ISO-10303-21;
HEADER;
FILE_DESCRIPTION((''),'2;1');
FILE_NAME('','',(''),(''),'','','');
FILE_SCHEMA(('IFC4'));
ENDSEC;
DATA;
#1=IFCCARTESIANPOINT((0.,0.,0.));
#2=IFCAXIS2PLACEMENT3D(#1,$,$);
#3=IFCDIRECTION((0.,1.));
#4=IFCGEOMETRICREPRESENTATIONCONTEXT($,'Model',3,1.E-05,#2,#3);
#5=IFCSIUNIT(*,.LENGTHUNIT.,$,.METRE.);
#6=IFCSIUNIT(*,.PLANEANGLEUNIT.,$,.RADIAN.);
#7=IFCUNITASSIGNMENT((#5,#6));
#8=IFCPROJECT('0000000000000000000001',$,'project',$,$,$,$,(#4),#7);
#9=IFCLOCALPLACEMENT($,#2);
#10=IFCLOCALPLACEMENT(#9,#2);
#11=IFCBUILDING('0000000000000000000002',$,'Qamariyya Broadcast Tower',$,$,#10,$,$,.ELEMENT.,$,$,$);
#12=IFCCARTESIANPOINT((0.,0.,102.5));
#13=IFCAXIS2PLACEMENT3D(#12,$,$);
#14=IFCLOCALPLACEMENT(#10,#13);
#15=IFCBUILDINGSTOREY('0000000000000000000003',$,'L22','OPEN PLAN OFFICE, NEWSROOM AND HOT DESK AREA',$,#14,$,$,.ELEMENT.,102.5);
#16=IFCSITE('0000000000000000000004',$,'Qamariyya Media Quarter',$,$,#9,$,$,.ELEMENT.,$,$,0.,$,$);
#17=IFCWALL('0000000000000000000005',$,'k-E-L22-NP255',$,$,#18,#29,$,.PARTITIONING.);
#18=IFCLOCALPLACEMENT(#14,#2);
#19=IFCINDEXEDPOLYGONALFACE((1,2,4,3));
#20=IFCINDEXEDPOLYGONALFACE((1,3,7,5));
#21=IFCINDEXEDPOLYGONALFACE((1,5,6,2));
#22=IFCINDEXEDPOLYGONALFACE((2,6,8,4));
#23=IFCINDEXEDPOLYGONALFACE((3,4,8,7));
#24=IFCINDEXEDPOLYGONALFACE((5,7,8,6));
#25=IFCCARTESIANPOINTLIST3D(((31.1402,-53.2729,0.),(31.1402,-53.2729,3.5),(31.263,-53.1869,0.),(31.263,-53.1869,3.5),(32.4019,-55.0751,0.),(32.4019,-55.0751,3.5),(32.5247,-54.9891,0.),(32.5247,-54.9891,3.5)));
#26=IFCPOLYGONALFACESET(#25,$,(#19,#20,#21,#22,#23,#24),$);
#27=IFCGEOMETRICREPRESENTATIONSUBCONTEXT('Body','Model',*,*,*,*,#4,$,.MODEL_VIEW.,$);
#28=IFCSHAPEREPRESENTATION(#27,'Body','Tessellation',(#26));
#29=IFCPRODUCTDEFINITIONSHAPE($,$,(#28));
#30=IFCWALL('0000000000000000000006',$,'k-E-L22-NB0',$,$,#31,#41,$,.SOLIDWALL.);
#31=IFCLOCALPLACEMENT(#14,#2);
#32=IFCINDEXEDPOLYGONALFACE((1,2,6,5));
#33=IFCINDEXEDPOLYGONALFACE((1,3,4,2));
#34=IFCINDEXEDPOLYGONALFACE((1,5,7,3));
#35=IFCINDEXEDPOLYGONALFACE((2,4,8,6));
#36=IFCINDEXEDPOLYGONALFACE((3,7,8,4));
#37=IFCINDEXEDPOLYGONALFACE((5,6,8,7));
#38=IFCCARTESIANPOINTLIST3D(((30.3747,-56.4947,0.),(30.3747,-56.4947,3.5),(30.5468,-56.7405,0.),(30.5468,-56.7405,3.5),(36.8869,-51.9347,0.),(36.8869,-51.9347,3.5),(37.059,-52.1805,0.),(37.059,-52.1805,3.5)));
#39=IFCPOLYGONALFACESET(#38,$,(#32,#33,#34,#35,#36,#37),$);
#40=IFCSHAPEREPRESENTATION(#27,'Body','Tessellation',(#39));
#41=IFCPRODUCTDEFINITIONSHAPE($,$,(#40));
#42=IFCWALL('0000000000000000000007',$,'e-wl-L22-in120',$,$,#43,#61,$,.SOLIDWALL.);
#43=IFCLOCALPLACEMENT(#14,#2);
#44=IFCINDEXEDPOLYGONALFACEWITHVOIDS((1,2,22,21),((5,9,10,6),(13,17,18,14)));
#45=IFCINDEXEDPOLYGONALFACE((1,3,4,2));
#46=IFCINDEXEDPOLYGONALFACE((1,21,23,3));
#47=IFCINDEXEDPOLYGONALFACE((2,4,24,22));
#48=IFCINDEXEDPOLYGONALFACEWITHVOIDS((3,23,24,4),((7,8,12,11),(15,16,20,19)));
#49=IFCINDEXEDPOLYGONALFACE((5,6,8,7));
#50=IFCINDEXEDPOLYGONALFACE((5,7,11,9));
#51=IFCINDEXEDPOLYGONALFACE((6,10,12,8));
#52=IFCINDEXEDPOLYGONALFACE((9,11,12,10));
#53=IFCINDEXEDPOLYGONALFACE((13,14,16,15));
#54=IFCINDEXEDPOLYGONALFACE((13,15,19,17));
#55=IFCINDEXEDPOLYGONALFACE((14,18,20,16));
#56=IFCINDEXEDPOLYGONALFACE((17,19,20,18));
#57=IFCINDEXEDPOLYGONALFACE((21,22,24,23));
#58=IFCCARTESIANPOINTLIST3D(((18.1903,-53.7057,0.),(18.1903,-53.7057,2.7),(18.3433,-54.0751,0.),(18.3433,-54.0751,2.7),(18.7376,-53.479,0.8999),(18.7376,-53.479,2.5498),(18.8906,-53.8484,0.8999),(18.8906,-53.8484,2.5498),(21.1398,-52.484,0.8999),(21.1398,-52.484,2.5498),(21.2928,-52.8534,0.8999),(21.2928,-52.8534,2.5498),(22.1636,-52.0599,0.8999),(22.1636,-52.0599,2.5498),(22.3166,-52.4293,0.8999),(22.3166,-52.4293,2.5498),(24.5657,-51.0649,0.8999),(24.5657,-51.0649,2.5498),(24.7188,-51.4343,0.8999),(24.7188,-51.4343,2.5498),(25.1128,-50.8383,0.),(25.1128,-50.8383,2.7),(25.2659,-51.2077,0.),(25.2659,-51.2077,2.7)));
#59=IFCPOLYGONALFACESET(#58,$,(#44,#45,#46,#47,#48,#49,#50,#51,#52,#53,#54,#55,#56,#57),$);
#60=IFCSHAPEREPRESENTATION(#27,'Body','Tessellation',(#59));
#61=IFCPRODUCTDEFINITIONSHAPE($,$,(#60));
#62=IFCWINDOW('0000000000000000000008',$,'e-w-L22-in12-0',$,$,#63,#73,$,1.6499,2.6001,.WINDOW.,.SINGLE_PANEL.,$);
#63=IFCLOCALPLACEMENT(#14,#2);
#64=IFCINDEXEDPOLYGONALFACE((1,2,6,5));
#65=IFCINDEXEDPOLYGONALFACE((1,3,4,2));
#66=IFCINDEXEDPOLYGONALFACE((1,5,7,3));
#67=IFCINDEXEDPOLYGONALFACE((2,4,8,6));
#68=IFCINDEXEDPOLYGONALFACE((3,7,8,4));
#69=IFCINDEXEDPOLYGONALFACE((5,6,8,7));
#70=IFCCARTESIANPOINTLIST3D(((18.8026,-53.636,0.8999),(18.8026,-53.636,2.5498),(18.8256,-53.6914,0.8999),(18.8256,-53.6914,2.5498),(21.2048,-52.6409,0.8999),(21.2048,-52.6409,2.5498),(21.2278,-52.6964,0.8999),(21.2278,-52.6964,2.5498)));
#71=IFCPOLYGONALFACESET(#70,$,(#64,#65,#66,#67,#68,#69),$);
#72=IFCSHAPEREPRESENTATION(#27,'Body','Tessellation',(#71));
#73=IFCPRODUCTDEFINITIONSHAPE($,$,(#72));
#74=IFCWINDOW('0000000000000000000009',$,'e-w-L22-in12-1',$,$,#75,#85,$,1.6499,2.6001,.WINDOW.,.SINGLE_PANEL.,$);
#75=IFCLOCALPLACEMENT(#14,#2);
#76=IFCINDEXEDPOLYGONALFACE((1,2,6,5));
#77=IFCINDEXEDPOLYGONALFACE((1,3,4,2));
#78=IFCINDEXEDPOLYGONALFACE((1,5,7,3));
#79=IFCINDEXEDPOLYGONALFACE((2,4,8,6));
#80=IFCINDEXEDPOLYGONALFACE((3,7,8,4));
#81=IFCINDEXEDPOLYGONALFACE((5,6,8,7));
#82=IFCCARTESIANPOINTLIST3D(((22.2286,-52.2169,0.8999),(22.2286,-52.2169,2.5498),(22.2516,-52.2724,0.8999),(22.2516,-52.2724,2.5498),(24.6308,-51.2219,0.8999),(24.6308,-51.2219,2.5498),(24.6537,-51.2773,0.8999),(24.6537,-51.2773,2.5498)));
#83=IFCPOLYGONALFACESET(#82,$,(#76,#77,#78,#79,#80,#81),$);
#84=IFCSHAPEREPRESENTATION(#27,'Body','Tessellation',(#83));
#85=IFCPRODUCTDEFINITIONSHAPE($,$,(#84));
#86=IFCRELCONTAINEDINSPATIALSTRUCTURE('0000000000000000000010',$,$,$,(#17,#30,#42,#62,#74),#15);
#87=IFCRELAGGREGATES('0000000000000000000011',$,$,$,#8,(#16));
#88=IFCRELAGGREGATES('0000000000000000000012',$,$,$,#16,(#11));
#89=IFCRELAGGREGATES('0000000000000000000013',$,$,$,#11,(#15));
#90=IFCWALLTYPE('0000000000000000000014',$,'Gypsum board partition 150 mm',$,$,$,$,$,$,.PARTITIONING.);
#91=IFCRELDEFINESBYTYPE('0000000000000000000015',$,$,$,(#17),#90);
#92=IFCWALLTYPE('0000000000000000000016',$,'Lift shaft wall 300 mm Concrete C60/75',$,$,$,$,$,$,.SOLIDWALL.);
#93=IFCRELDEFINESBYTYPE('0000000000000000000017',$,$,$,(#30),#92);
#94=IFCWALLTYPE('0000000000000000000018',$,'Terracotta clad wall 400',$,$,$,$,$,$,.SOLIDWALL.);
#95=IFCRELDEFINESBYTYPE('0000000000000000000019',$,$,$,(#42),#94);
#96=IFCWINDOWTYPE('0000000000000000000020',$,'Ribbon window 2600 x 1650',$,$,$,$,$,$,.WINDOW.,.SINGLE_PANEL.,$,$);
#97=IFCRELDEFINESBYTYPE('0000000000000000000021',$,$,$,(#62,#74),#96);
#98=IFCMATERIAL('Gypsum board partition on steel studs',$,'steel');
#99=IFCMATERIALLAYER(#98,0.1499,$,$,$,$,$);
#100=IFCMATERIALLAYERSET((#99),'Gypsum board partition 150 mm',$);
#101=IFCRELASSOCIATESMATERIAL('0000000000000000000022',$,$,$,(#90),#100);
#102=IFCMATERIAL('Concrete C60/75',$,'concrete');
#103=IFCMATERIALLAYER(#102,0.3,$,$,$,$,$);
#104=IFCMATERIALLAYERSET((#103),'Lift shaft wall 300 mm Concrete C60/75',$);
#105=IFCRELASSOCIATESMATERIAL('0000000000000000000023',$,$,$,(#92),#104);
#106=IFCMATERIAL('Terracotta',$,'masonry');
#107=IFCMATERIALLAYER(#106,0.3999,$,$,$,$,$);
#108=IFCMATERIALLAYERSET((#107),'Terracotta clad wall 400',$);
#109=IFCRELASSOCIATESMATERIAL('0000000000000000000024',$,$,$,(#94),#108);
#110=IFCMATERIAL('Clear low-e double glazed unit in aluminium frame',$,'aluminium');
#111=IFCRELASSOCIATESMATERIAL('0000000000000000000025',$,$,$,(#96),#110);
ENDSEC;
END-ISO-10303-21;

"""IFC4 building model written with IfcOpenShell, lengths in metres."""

from ifc_helpers import new_model, si_unit, direction, frame, frame_2d, origin, place, context, subcontext, project, spatial, rectangle, extrude, material, layer, layer_set, type_object, element, fill, save


model = new_model("IFC4")

# Units and contexts
model_context = context("Model", 3, precision=1e-05, world=origin(), true_north=direction((0.0, 1.0)))
body_context = subcontext(model_context, "Body", "Model", "MODEL_VIEW")
ifc_project = project(units=[si_unit("LENGTHUNIT", "METRE"), si_unit("PLANEANGLEUNIT", "RADIAN")], contexts=[model_context])

# Site, building, storey
site_placement = place(None, origin())
site = spatial("IfcSite", under=ifc_project, at=site_placement, Name="Qamariyya Media Quarter", CompositionType="ELEMENT", RefElevation=0.0)
building_placement = place(site_placement, origin())
building = spatial("IfcBuilding", under=site, at=building_placement, Name="Qamariyya Broadcast Tower", CompositionType="ELEMENT")
storey_placement = place(building_placement, frame((0.0, 0.0, 102.5)))
storey = spatial("IfcBuildingStorey", under=building, at=storey_placement, Name="L22", Description="OPEN PLAN OFFICE, NEWSROOM AND HOT DESK AREA", CompositionType="ELEMENT", Elevation=102.5)

# Walls
ifc_material_1 = material(Name="Gypsum board partition on steel studs", Category="steel")
ifc_layer_1 = layer(ifc_material_1, 0.1499)
ifc_layer_set_1 = layer_set([ifc_layer_1], Name="Gypsum board partition 150 mm")
wall_type_1 = type_object("IfcWallType", Name="Gypsum board partition 150 mm", PredefinedType="PARTITIONING", material=ifc_layer_set_1)
wall_1_placement = place(storey_placement, frame((32.4634, -55.0322, 0.0), z_axis=(0.0, 0.0, 1.0), x_axis=(-0.573507, 0.819201, 0.0)))
element("IfcWall", 1, at=wall_1_placement, inside=storey, type_object=wall_type_1, Name="k-E-L22-NP255", PredefinedType="PARTITIONING", context=body_context, shape_type="SweptSolid", body=[
    extrude(rectangle(XDim=2.2, YDim=0.1499, at=frame_2d((1.1001, 0.0))), origin(), (0.0, 0.0, 1.0), 3.5),
])
ifc_material_2 = material(Name="Concrete C60/75", Category="concrete")
ifc_layer_2 = layer(ifc_material_2, 0.3)
ifc_layer_set_2 = layer_set([ifc_layer_2], Name="Lift shaft wall 300 mm Concrete C60/75")
wall_type_2 = type_object("IfcWallType", Name="Lift shaft wall 300 mm Concrete C60/75", PredefinedType="SOLIDWALL", material=ifc_layer_set_2)
wall_2_placement = place(storey_placement, frame((30.4607, -56.6177, 0.0), z_axis=(0.0, 0.0, 1.0), x_axis=(0.819142, 0.57359, 0.0)))
element("IfcWall", 2, at=wall_2_placement, inside=storey, type_object=wall_type_2, Name="k-E-L22-NB0", PredefinedType="SOLIDWALL", context=body_context, shape_type="SweptSolid", body=[
    extrude(rectangle(XDim=7.95, YDim=0.3, at=frame_2d((3.9751, 0.0))), origin(), (0.0, 0.0, 1.0), 3.5),
])

# Wall, openings, windows
ifc_material_3 = material(Name="Terracotta", Category="masonry")
ifc_layer_3 = layer(ifc_material_3, 0.3999)
ifc_layer_set_3 = layer_set([ifc_layer_3], Name="Terracotta clad wall 400")
wall_type_3 = type_object("IfcWallType", Name="Terracotta clad wall 400", PredefinedType="SOLIDWALL", material=ifc_layer_set_3)
wall_3_placement = place(storey_placement, frame((25.1895, -51.0229, 0.0), z_axis=(0.0, 0.0, 1.0), x_axis=(-0.92388, -0.382683, 0.0)))
wall_3 = element("IfcWall", 3, at=wall_3_placement, inside=storey, type_object=wall_type_3, Name="e-wl-L22-in120", PredefinedType="SOLIDWALL", context=body_context, shape_type="SweptSolid", body=[
    extrude(rectangle(XDim=7.4929, YDim=0.3999, at=frame_2d((3.7466, 0.0))), origin(), (0.0, 0.0, 1.0), 2.7),
])
opening_1_placement = place(wall_3_placement, frame((4.3005, 0.0, 0.8999)))
opening_1 = element("IfcOpeningElement", 4, at=opening_1_placement, cuts=wall_3, PredefinedType="OPENING", context=body_context, shape_type="SweptSolid", body=[
    extrude(rectangle(XDim=2.6001, YDim=1.6499, at=frame_2d((1.3, 0.825))), frame((0.0, 0.21, 0.0), z_axis=(0.0, -1.0, 0.0), x_axis=(1.0, 0.0, 0.0)), (0.0, 0.0, 1.0), 0.4199),
])
opening_2_placement = place(wall_3_placement, frame((0.5923, 0.0, 0.8999)))
opening_2 = element("IfcOpeningElement", 5, at=opening_2_placement, cuts=wall_3, PredefinedType="OPENING", context=body_context, shape_type="SweptSolid", body=[
    extrude(rectangle(XDim=2.6001, YDim=1.6499, at=frame_2d((1.3, 0.825))), frame((0.0, 0.21, 0.0), z_axis=(0.0, -1.0, 0.0), x_axis=(1.0, 0.0, 0.0)), (0.0, 0.0, 1.0), 0.4199),
])
ifc_material_4 = material(Name="Clear low-e double glazed unit in aluminium frame", Category="aluminium")
window_type = type_object("IfcWindowType", Name="Ribbon window 2600 x 1650", PartitioningType="SINGLE_PANEL", PredefinedType="WINDOW", material=ifc_material_4)
window_1_placement = place(opening_1_placement, origin())
window_1 = element("IfcWindow", 6, at=window_1_placement, inside=storey, type_object=window_type, Name="e-w-L22-in12-0", OverallHeight=1.6499, OverallWidth=2.6001, PartitioningType="SINGLE_PANEL", PredefinedType="WINDOW", context=body_context, shape_type="SweptSolid", body=[
    extrude(rectangle(XDim=2.6001, YDim=1.6499, at=frame_2d((1.3, 0.825))), frame((0.0, 0.03, 0.0), z_axis=(0.0, -1.0, 0.0), x_axis=(1.0, 0.0, 0.0)), (0.0, 0.0, 1.0), 0.0601),
])
fill(opening_1, window_1)
window_2_placement = place(opening_2_placement, origin())
window_2 = element("IfcWindow", 7, at=window_2_placement, inside=storey, type_object=window_type, Name="e-w-L22-in12-1", OverallHeight=1.6499, OverallWidth=2.6001, PartitioningType="SINGLE_PANEL", PredefinedType="WINDOW", context=body_context, shape_type="SweptSolid", body=[
    extrude(rectangle(XDim=2.6001, YDim=1.6499, at=frame_2d((1.3, 0.825))), frame((0.0, 0.03, 0.0), z_axis=(0.0, -1.0, 0.0), x_axis=(1.0, 0.0, 0.0)), (0.0, 0.0, 1.0), 0.0601),
])
fill(opening_2, window_2)

save(model, "model.ifc")
